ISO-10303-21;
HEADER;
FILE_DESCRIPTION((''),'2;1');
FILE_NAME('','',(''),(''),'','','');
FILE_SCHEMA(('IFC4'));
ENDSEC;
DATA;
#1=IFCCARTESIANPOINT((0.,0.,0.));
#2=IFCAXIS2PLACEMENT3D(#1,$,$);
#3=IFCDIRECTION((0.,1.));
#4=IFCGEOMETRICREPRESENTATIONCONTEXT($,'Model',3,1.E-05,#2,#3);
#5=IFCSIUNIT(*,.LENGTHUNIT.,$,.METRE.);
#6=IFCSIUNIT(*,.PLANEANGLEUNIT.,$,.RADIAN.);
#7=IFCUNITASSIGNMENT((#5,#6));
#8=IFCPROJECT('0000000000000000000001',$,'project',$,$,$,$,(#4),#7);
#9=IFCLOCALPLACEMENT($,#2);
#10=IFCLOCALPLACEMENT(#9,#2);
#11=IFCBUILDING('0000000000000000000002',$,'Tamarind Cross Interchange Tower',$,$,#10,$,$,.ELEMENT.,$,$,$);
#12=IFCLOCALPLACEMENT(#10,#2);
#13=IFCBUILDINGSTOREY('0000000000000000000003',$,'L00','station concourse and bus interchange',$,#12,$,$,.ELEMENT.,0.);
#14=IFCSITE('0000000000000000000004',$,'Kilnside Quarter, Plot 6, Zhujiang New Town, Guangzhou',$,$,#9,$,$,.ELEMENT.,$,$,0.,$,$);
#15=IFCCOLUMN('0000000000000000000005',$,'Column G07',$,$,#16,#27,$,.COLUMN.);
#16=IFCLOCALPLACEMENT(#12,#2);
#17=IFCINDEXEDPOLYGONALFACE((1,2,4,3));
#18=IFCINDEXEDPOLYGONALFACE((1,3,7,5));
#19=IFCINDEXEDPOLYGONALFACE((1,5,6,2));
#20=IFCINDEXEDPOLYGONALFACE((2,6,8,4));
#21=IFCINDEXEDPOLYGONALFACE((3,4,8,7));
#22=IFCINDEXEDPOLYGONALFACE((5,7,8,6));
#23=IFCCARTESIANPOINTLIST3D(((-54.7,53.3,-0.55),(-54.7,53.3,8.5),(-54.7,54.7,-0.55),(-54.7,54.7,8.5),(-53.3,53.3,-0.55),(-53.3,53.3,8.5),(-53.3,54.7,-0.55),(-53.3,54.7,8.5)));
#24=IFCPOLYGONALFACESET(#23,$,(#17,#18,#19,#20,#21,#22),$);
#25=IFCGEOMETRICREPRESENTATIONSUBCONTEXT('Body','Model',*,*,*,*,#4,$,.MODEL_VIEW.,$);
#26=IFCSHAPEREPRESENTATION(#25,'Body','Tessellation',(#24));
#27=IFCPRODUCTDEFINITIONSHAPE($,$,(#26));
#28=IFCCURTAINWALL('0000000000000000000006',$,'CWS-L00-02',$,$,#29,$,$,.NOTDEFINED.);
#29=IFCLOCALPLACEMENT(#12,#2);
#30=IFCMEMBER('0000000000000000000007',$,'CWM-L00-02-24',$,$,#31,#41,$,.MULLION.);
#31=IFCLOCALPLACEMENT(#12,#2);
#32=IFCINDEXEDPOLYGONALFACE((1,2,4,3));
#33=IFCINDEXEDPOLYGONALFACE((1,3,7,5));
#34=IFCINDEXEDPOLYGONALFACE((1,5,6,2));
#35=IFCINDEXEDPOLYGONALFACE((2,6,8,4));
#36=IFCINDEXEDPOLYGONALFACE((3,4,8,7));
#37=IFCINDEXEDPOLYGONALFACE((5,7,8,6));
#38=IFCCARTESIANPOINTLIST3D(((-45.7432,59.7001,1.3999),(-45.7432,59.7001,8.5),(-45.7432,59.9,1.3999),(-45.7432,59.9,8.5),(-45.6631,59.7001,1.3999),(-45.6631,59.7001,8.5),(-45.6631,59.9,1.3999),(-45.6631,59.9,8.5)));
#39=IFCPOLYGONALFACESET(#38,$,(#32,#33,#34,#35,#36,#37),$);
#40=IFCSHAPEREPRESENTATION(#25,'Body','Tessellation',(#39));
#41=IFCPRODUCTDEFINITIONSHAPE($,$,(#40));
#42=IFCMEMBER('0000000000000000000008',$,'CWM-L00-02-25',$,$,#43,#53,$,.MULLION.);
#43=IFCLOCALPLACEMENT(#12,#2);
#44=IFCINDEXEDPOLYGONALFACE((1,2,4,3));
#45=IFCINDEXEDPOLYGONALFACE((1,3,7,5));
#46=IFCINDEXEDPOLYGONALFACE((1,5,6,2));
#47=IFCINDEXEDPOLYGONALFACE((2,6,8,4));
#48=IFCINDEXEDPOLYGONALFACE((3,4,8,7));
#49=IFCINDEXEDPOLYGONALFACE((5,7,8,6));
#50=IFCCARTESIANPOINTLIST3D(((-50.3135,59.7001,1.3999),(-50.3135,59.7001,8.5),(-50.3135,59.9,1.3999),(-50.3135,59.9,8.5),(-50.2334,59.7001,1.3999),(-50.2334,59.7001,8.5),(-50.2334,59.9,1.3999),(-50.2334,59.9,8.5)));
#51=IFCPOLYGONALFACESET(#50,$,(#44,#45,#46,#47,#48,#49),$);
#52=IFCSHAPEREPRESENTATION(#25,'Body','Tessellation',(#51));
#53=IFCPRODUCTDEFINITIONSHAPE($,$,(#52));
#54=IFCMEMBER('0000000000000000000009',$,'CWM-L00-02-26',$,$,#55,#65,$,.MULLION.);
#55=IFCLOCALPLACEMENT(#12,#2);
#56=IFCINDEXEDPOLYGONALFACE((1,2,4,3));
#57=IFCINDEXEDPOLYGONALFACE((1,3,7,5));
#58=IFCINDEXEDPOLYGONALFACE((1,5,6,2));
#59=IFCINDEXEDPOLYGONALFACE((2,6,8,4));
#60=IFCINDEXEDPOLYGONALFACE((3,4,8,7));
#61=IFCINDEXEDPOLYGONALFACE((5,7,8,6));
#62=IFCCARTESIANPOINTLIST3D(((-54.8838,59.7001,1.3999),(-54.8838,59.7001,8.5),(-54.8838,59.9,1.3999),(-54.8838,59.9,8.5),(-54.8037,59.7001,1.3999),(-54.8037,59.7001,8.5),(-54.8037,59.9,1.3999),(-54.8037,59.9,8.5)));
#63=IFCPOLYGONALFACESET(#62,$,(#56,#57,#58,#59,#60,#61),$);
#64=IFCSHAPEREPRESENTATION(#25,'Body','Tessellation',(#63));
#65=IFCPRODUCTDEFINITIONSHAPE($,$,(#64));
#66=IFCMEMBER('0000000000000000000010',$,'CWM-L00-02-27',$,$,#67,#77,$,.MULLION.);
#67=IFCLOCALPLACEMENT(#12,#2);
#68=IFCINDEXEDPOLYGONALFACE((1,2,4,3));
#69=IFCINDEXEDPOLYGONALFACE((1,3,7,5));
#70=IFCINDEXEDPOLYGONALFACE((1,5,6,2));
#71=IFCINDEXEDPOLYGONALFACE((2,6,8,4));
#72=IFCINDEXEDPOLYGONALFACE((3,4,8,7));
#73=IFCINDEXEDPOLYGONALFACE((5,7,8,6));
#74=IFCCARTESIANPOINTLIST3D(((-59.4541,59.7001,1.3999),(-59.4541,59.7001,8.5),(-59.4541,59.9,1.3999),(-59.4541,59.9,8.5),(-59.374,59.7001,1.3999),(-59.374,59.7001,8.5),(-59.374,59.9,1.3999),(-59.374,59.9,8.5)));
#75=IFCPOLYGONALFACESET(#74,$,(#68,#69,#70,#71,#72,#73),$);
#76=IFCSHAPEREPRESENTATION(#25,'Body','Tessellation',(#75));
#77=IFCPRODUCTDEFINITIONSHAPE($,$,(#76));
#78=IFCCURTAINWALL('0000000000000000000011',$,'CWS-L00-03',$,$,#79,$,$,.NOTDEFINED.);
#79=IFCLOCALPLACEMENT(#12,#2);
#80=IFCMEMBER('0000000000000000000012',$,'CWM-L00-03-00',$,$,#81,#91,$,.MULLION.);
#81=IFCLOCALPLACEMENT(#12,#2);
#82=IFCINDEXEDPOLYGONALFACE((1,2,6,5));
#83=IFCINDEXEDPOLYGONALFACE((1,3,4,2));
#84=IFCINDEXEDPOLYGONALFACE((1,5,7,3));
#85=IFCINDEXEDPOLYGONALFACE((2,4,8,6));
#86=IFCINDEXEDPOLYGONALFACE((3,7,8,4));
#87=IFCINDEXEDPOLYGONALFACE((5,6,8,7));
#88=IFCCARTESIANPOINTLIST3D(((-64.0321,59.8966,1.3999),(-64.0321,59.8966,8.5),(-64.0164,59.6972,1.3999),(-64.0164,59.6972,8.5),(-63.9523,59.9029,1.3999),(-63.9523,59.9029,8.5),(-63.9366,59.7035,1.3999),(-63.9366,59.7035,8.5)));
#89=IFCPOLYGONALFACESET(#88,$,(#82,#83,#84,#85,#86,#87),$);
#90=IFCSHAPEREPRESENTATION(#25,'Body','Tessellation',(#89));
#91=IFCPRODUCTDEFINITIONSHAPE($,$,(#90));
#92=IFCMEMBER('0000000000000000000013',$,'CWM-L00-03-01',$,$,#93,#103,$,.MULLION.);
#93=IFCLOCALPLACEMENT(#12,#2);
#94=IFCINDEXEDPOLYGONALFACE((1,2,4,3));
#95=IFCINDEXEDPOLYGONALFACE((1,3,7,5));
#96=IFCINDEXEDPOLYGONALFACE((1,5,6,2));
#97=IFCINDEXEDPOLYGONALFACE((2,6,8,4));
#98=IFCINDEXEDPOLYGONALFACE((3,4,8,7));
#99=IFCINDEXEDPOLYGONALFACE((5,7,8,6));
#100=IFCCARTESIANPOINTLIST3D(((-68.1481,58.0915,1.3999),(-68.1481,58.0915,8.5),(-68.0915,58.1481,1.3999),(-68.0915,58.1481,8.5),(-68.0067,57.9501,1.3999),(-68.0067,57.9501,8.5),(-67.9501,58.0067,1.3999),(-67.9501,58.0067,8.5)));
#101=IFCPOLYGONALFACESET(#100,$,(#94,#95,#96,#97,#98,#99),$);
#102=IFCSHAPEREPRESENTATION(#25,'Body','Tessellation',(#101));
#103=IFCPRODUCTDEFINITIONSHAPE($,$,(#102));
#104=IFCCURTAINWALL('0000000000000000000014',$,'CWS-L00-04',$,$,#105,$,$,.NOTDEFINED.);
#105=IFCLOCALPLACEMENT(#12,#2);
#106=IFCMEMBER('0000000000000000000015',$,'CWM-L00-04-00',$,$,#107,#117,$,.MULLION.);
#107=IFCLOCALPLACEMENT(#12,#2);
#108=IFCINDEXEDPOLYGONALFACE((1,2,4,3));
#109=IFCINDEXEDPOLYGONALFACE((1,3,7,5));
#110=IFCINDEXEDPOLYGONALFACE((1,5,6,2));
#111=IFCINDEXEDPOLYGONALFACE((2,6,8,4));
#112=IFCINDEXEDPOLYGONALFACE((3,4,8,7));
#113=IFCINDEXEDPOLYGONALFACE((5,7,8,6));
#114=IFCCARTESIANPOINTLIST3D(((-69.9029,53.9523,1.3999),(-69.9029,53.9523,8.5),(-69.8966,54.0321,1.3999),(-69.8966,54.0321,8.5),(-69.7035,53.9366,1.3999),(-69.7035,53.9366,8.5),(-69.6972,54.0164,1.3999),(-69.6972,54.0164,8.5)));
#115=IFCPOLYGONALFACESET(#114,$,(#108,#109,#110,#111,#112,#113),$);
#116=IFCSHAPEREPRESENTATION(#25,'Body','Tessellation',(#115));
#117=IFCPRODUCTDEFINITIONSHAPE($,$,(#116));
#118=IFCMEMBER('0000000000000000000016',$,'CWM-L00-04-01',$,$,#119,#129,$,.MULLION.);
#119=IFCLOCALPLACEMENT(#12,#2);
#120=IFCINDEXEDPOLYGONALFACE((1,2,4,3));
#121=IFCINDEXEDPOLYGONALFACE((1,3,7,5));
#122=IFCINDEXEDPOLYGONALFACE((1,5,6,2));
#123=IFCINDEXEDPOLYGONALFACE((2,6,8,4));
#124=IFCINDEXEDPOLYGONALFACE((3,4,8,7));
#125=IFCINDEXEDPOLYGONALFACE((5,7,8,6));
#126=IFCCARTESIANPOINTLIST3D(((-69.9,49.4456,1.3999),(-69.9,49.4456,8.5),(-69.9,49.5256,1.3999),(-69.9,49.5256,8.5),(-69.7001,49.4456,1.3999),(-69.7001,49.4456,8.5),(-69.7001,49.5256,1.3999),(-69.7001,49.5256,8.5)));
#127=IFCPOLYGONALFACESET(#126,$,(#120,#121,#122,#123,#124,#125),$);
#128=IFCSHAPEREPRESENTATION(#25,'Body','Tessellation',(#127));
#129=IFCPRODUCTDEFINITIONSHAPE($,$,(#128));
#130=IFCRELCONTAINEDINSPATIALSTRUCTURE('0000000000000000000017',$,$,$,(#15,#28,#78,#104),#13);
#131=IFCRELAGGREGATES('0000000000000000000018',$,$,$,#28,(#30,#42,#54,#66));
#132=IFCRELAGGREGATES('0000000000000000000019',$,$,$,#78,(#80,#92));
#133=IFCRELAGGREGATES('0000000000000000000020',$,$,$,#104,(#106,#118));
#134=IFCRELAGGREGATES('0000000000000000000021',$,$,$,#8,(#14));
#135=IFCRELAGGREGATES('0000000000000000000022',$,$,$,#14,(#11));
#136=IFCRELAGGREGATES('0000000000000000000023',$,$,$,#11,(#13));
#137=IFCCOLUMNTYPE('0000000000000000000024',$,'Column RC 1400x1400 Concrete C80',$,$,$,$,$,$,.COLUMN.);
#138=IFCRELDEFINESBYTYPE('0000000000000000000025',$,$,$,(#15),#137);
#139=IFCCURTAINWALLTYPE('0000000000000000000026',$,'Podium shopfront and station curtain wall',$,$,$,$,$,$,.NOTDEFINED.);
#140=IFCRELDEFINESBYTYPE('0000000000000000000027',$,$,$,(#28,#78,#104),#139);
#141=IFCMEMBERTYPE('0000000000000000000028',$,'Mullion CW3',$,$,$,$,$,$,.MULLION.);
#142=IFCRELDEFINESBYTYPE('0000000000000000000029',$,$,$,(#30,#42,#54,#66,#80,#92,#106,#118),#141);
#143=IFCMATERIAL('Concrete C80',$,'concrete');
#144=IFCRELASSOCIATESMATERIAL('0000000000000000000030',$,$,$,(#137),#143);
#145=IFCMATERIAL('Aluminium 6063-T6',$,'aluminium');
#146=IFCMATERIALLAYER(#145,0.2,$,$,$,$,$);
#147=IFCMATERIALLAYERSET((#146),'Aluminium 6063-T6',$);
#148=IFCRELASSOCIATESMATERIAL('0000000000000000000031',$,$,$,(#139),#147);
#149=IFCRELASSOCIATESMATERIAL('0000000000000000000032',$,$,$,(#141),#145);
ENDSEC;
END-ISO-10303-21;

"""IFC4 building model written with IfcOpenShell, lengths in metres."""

from ifc_helpers import new_model, si_unit, direction, frame, origin, origin_2d, place, context, subcontext, project, spatial, rectangle, extrude, material, layer, layer_set, material_profile, profile_set, type_object, element, aggregate, save


model = new_model("IFC4")

# Units and contexts
model_context = context("Model", 3, precision=1e-05, world=origin(), true_north=direction((0.0, 1.0)))
body_context = subcontext(model_context, "Body", "Model", "MODEL_VIEW")
ifc_project = project(units=[si_unit("LENGTHUNIT", "METRE"), si_unit("PLANEANGLEUNIT", "RADIAN")], contexts=[model_context])

# Site, building, storey
site_placement = place(None, origin())
site = spatial("IfcSite", under=ifc_project, at=site_placement, Name="Kilnside Quarter, Plot 6, Zhujiang New Town, Guangzhou", CompositionType="ELEMENT", RefElevation=0.0)
building_placement = place(site_placement, origin())
building = spatial("IfcBuilding", under=site, at=building_placement, Name="Tamarind Cross Interchange Tower", CompositionType="ELEMENT")
storey_placement = place(building_placement, origin())
storey = spatial("IfcBuildingStorey", under=building, at=storey_placement, Name="L00", Description="station concourse and bus interchange", CompositionType="ELEMENT", Elevation=0.0)

# Column
ifc_material_1 = material(Name="Concrete C80", Category="concrete")
ifc_material_profile_1 = material_profile(ifc_material_1, rectangle(XDim=1.3999, YDim=1.3999, at=origin_2d()), Name="RC 1400x1400")
ifc_profile_set_1 = profile_set([ifc_material_profile_1], Name="Concrete C80")
column_type = type_object("IfcColumnType", Name="Column RC 1400x1400 Concrete C80", PredefinedType="COLUMN", material=ifc_profile_set_1)
column_placement = place(storey_placement, frame((-54.0, 54.0, -0.55), z_axis=(0.0, 0.0, 1.0), x_axis=(1.0, 0.0, 0.0)))
element("IfcColumn", 1, at=column_placement, inside=storey, type_object=column_type, Name="Column G07", PredefinedType="COLUMN", context=body_context, shape_type="SweptSolid", body=[
    extrude(rectangle(XDim=1.3999, YDim=1.3999, at=origin_2d()), origin(), (0.0, 0.0, 1.0), 9.05),
])

# Curtain walls, members
ifc_material_2 = material(Name="Aluminium 6063-T6", Category="aluminium")
ifc_layer_1 = layer(ifc_material_2, 0.2)
ifc_layer_set_1 = layer_set([ifc_layer_1], Name="Aluminium 6063-T6")
curtain_wall_type = type_object("IfcCurtainWallType", Name="Podium shopfront and station curtain wall", PredefinedType="NOTDEFINED", material=ifc_layer_set_1)
curtain_wall_1_placement = place(storey_placement, origin())
curtain_wall_1 = element("IfcCurtainWall", 2, at=curtain_wall_1_placement, inside=storey, type_object=curtain_wall_type, Name="CWS-L00-02", PredefinedType="NOTDEFINED")
ifc_material_profile_2 = material_profile(ifc_material_2, rectangle(XDim=0.0801, YDim=0.2, at=origin_2d()), Name="Mullion CW3")
ifc_profile_set_2 = profile_set([ifc_material_profile_2], Name="Aluminium 6063-T6")
member_type = type_object("IfcMemberType", Name="Mullion CW3", PredefinedType="MULLION", material=ifc_profile_set_2)
member_1_placement = place(storey_placement, frame((-45.7031, 59.8, 1.3999), z_axis=(0.0, 0.0, 1.0), x_axis=(-1.0, 0.0, 0.0)))
member_1 = element("IfcMember", 3, at=member_1_placement, type_object=member_type, Name="CWM-L00-02-24", PredefinedType="MULLION", context=body_context, shape_type="SweptSolid", body=[
    extrude(rectangle(XDim=0.0801, YDim=0.2, at=origin_2d()), origin(), (0.0, 0.0, 1.0), 7.1001),
])
member_2_placement = place(storey_placement, frame((-50.2734, 59.8, 1.3999), z_axis=(0.0, 0.0, 1.0), x_axis=(-1.0, 0.0, 0.0)))
member_2 = element("IfcMember", 4, at=member_2_placement, type_object=member_type, Name="CWM-L00-02-25", PredefinedType="MULLION", context=body_context, shape_type="SweptSolid", body=[
    extrude(rectangle(XDim=0.0801, YDim=0.2, at=origin_2d()), origin(), (0.0, 0.0, 1.0), 7.1001),
])
member_3_placement = place(storey_placement, frame((-54.8438, 59.8, 1.3999), z_axis=(0.0, 0.0, 1.0), x_axis=(-1.0, 0.0, 0.0)))
member_3 = element("IfcMember", 5, at=member_3_placement, type_object=member_type, Name="CWM-L00-02-26", PredefinedType="MULLION", context=body_context, shape_type="SweptSolid", body=[
    extrude(rectangle(XDim=0.0801, YDim=0.2, at=origin_2d()), origin(), (0.0, 0.0, 1.0), 7.1001),
])
member_4_placement = place(storey_placement, frame((-59.4141, 59.8, 1.3999), z_axis=(0.0, 0.0, 1.0), x_axis=(-1.0, 0.0, 0.0)))
member_4 = element("IfcMember", 6, at=member_4_placement, type_object=member_type, Name="CWM-L00-02-27", PredefinedType="MULLION", context=body_context, shape_type="SweptSolid", body=[
    extrude(rectangle(XDim=0.0801, YDim=0.2, at=origin_2d()), origin(), (0.0, 0.0, 1.0), 7.1001),
])
aggregate(curtain_wall_1, [member_1, member_2, member_3, member_4])
curtain_wall_2_placement = place(storey_placement, origin())
curtain_wall_2 = element("IfcCurtainWall", 7, at=curtain_wall_2_placement, inside=storey, type_object=curtain_wall_type, Name="CWS-L00-03", PredefinedType="NOTDEFINED")
member_5_placement = place(storey_placement, frame((-63.9844, 59.8, 1.3999), z_axis=(0.0, 0.0, 1.0), x_axis=(-0.996917, -0.078459, 0.0)))
member_5 = element("IfcMember", 8, at=member_5_placement, type_object=member_type, Name="CWM-L00-03-00", PredefinedType="MULLION", context=body_context, shape_type="SweptSolid", body=[
    extrude(rectangle(XDim=0.0801, YDim=0.2, at=origin_2d()), origin(), (0.0, 0.0, 1.0), 7.1001),
])
member_6_placement = place(storey_placement, frame((-68.0491, 58.0491, 1.3999), z_axis=(0.0, 0.0, 1.0), x_axis=(-0.707107, -0.707107, 0.0)))
member_6 = element("IfcMember", 9, at=member_6_placement, type_object=member_type, Name="CWM-L00-03-01", PredefinedType="MULLION", context=body_context, shape_type="SweptSolid", body=[
    extrude(rectangle(XDim=0.0801, YDim=0.2, at=origin_2d()), origin(), (0.0, 0.0, 1.0), 7.1001),
])
aggregate(curtain_wall_2, [member_5, member_6])
curtain_wall_3_placement = place(storey_placement, origin())
curtain_wall_3 = element("IfcCurtainWall", 10, at=curtain_wall_3_placement, inside=storey, type_object=curtain_wall_type, Name="CWS-L00-04", PredefinedType="NOTDEFINED")
member_7_placement = place(storey_placement, frame((-69.8, 53.9844, 1.3999), z_axis=(0.0, 0.0, 1.0), x_axis=(-0.078459, -0.996917, 0.0)))
member_7 = element("IfcMember", 11, at=member_7_placement, type_object=member_type, Name="CWM-L00-04-00", PredefinedType="MULLION", context=body_context, shape_type="SweptSolid", body=[
    extrude(rectangle(XDim=0.0801, YDim=0.2, at=origin_2d()), origin(), (0.0, 0.0, 1.0), 7.1001),
])
member_8_placement = place(storey_placement, frame((-69.8, 49.4856, 1.3999), z_axis=(0.0, 0.0, 1.0), x_axis=(0.0, -1.0, 0.0)))
member_8 = element("IfcMember", 12, at=member_8_placement, type_object=member_type, Name="CWM-L00-04-01", PredefinedType="MULLION", context=body_context, shape_type="SweptSolid", body=[
    extrude(rectangle(XDim=0.0801, YDim=0.2, at=origin_2d()), origin(), (0.0, 0.0, 1.0), 7.1001),
])
aggregate(curtain_wall_3, [member_7, member_8])

save(model, "model.ifc")
